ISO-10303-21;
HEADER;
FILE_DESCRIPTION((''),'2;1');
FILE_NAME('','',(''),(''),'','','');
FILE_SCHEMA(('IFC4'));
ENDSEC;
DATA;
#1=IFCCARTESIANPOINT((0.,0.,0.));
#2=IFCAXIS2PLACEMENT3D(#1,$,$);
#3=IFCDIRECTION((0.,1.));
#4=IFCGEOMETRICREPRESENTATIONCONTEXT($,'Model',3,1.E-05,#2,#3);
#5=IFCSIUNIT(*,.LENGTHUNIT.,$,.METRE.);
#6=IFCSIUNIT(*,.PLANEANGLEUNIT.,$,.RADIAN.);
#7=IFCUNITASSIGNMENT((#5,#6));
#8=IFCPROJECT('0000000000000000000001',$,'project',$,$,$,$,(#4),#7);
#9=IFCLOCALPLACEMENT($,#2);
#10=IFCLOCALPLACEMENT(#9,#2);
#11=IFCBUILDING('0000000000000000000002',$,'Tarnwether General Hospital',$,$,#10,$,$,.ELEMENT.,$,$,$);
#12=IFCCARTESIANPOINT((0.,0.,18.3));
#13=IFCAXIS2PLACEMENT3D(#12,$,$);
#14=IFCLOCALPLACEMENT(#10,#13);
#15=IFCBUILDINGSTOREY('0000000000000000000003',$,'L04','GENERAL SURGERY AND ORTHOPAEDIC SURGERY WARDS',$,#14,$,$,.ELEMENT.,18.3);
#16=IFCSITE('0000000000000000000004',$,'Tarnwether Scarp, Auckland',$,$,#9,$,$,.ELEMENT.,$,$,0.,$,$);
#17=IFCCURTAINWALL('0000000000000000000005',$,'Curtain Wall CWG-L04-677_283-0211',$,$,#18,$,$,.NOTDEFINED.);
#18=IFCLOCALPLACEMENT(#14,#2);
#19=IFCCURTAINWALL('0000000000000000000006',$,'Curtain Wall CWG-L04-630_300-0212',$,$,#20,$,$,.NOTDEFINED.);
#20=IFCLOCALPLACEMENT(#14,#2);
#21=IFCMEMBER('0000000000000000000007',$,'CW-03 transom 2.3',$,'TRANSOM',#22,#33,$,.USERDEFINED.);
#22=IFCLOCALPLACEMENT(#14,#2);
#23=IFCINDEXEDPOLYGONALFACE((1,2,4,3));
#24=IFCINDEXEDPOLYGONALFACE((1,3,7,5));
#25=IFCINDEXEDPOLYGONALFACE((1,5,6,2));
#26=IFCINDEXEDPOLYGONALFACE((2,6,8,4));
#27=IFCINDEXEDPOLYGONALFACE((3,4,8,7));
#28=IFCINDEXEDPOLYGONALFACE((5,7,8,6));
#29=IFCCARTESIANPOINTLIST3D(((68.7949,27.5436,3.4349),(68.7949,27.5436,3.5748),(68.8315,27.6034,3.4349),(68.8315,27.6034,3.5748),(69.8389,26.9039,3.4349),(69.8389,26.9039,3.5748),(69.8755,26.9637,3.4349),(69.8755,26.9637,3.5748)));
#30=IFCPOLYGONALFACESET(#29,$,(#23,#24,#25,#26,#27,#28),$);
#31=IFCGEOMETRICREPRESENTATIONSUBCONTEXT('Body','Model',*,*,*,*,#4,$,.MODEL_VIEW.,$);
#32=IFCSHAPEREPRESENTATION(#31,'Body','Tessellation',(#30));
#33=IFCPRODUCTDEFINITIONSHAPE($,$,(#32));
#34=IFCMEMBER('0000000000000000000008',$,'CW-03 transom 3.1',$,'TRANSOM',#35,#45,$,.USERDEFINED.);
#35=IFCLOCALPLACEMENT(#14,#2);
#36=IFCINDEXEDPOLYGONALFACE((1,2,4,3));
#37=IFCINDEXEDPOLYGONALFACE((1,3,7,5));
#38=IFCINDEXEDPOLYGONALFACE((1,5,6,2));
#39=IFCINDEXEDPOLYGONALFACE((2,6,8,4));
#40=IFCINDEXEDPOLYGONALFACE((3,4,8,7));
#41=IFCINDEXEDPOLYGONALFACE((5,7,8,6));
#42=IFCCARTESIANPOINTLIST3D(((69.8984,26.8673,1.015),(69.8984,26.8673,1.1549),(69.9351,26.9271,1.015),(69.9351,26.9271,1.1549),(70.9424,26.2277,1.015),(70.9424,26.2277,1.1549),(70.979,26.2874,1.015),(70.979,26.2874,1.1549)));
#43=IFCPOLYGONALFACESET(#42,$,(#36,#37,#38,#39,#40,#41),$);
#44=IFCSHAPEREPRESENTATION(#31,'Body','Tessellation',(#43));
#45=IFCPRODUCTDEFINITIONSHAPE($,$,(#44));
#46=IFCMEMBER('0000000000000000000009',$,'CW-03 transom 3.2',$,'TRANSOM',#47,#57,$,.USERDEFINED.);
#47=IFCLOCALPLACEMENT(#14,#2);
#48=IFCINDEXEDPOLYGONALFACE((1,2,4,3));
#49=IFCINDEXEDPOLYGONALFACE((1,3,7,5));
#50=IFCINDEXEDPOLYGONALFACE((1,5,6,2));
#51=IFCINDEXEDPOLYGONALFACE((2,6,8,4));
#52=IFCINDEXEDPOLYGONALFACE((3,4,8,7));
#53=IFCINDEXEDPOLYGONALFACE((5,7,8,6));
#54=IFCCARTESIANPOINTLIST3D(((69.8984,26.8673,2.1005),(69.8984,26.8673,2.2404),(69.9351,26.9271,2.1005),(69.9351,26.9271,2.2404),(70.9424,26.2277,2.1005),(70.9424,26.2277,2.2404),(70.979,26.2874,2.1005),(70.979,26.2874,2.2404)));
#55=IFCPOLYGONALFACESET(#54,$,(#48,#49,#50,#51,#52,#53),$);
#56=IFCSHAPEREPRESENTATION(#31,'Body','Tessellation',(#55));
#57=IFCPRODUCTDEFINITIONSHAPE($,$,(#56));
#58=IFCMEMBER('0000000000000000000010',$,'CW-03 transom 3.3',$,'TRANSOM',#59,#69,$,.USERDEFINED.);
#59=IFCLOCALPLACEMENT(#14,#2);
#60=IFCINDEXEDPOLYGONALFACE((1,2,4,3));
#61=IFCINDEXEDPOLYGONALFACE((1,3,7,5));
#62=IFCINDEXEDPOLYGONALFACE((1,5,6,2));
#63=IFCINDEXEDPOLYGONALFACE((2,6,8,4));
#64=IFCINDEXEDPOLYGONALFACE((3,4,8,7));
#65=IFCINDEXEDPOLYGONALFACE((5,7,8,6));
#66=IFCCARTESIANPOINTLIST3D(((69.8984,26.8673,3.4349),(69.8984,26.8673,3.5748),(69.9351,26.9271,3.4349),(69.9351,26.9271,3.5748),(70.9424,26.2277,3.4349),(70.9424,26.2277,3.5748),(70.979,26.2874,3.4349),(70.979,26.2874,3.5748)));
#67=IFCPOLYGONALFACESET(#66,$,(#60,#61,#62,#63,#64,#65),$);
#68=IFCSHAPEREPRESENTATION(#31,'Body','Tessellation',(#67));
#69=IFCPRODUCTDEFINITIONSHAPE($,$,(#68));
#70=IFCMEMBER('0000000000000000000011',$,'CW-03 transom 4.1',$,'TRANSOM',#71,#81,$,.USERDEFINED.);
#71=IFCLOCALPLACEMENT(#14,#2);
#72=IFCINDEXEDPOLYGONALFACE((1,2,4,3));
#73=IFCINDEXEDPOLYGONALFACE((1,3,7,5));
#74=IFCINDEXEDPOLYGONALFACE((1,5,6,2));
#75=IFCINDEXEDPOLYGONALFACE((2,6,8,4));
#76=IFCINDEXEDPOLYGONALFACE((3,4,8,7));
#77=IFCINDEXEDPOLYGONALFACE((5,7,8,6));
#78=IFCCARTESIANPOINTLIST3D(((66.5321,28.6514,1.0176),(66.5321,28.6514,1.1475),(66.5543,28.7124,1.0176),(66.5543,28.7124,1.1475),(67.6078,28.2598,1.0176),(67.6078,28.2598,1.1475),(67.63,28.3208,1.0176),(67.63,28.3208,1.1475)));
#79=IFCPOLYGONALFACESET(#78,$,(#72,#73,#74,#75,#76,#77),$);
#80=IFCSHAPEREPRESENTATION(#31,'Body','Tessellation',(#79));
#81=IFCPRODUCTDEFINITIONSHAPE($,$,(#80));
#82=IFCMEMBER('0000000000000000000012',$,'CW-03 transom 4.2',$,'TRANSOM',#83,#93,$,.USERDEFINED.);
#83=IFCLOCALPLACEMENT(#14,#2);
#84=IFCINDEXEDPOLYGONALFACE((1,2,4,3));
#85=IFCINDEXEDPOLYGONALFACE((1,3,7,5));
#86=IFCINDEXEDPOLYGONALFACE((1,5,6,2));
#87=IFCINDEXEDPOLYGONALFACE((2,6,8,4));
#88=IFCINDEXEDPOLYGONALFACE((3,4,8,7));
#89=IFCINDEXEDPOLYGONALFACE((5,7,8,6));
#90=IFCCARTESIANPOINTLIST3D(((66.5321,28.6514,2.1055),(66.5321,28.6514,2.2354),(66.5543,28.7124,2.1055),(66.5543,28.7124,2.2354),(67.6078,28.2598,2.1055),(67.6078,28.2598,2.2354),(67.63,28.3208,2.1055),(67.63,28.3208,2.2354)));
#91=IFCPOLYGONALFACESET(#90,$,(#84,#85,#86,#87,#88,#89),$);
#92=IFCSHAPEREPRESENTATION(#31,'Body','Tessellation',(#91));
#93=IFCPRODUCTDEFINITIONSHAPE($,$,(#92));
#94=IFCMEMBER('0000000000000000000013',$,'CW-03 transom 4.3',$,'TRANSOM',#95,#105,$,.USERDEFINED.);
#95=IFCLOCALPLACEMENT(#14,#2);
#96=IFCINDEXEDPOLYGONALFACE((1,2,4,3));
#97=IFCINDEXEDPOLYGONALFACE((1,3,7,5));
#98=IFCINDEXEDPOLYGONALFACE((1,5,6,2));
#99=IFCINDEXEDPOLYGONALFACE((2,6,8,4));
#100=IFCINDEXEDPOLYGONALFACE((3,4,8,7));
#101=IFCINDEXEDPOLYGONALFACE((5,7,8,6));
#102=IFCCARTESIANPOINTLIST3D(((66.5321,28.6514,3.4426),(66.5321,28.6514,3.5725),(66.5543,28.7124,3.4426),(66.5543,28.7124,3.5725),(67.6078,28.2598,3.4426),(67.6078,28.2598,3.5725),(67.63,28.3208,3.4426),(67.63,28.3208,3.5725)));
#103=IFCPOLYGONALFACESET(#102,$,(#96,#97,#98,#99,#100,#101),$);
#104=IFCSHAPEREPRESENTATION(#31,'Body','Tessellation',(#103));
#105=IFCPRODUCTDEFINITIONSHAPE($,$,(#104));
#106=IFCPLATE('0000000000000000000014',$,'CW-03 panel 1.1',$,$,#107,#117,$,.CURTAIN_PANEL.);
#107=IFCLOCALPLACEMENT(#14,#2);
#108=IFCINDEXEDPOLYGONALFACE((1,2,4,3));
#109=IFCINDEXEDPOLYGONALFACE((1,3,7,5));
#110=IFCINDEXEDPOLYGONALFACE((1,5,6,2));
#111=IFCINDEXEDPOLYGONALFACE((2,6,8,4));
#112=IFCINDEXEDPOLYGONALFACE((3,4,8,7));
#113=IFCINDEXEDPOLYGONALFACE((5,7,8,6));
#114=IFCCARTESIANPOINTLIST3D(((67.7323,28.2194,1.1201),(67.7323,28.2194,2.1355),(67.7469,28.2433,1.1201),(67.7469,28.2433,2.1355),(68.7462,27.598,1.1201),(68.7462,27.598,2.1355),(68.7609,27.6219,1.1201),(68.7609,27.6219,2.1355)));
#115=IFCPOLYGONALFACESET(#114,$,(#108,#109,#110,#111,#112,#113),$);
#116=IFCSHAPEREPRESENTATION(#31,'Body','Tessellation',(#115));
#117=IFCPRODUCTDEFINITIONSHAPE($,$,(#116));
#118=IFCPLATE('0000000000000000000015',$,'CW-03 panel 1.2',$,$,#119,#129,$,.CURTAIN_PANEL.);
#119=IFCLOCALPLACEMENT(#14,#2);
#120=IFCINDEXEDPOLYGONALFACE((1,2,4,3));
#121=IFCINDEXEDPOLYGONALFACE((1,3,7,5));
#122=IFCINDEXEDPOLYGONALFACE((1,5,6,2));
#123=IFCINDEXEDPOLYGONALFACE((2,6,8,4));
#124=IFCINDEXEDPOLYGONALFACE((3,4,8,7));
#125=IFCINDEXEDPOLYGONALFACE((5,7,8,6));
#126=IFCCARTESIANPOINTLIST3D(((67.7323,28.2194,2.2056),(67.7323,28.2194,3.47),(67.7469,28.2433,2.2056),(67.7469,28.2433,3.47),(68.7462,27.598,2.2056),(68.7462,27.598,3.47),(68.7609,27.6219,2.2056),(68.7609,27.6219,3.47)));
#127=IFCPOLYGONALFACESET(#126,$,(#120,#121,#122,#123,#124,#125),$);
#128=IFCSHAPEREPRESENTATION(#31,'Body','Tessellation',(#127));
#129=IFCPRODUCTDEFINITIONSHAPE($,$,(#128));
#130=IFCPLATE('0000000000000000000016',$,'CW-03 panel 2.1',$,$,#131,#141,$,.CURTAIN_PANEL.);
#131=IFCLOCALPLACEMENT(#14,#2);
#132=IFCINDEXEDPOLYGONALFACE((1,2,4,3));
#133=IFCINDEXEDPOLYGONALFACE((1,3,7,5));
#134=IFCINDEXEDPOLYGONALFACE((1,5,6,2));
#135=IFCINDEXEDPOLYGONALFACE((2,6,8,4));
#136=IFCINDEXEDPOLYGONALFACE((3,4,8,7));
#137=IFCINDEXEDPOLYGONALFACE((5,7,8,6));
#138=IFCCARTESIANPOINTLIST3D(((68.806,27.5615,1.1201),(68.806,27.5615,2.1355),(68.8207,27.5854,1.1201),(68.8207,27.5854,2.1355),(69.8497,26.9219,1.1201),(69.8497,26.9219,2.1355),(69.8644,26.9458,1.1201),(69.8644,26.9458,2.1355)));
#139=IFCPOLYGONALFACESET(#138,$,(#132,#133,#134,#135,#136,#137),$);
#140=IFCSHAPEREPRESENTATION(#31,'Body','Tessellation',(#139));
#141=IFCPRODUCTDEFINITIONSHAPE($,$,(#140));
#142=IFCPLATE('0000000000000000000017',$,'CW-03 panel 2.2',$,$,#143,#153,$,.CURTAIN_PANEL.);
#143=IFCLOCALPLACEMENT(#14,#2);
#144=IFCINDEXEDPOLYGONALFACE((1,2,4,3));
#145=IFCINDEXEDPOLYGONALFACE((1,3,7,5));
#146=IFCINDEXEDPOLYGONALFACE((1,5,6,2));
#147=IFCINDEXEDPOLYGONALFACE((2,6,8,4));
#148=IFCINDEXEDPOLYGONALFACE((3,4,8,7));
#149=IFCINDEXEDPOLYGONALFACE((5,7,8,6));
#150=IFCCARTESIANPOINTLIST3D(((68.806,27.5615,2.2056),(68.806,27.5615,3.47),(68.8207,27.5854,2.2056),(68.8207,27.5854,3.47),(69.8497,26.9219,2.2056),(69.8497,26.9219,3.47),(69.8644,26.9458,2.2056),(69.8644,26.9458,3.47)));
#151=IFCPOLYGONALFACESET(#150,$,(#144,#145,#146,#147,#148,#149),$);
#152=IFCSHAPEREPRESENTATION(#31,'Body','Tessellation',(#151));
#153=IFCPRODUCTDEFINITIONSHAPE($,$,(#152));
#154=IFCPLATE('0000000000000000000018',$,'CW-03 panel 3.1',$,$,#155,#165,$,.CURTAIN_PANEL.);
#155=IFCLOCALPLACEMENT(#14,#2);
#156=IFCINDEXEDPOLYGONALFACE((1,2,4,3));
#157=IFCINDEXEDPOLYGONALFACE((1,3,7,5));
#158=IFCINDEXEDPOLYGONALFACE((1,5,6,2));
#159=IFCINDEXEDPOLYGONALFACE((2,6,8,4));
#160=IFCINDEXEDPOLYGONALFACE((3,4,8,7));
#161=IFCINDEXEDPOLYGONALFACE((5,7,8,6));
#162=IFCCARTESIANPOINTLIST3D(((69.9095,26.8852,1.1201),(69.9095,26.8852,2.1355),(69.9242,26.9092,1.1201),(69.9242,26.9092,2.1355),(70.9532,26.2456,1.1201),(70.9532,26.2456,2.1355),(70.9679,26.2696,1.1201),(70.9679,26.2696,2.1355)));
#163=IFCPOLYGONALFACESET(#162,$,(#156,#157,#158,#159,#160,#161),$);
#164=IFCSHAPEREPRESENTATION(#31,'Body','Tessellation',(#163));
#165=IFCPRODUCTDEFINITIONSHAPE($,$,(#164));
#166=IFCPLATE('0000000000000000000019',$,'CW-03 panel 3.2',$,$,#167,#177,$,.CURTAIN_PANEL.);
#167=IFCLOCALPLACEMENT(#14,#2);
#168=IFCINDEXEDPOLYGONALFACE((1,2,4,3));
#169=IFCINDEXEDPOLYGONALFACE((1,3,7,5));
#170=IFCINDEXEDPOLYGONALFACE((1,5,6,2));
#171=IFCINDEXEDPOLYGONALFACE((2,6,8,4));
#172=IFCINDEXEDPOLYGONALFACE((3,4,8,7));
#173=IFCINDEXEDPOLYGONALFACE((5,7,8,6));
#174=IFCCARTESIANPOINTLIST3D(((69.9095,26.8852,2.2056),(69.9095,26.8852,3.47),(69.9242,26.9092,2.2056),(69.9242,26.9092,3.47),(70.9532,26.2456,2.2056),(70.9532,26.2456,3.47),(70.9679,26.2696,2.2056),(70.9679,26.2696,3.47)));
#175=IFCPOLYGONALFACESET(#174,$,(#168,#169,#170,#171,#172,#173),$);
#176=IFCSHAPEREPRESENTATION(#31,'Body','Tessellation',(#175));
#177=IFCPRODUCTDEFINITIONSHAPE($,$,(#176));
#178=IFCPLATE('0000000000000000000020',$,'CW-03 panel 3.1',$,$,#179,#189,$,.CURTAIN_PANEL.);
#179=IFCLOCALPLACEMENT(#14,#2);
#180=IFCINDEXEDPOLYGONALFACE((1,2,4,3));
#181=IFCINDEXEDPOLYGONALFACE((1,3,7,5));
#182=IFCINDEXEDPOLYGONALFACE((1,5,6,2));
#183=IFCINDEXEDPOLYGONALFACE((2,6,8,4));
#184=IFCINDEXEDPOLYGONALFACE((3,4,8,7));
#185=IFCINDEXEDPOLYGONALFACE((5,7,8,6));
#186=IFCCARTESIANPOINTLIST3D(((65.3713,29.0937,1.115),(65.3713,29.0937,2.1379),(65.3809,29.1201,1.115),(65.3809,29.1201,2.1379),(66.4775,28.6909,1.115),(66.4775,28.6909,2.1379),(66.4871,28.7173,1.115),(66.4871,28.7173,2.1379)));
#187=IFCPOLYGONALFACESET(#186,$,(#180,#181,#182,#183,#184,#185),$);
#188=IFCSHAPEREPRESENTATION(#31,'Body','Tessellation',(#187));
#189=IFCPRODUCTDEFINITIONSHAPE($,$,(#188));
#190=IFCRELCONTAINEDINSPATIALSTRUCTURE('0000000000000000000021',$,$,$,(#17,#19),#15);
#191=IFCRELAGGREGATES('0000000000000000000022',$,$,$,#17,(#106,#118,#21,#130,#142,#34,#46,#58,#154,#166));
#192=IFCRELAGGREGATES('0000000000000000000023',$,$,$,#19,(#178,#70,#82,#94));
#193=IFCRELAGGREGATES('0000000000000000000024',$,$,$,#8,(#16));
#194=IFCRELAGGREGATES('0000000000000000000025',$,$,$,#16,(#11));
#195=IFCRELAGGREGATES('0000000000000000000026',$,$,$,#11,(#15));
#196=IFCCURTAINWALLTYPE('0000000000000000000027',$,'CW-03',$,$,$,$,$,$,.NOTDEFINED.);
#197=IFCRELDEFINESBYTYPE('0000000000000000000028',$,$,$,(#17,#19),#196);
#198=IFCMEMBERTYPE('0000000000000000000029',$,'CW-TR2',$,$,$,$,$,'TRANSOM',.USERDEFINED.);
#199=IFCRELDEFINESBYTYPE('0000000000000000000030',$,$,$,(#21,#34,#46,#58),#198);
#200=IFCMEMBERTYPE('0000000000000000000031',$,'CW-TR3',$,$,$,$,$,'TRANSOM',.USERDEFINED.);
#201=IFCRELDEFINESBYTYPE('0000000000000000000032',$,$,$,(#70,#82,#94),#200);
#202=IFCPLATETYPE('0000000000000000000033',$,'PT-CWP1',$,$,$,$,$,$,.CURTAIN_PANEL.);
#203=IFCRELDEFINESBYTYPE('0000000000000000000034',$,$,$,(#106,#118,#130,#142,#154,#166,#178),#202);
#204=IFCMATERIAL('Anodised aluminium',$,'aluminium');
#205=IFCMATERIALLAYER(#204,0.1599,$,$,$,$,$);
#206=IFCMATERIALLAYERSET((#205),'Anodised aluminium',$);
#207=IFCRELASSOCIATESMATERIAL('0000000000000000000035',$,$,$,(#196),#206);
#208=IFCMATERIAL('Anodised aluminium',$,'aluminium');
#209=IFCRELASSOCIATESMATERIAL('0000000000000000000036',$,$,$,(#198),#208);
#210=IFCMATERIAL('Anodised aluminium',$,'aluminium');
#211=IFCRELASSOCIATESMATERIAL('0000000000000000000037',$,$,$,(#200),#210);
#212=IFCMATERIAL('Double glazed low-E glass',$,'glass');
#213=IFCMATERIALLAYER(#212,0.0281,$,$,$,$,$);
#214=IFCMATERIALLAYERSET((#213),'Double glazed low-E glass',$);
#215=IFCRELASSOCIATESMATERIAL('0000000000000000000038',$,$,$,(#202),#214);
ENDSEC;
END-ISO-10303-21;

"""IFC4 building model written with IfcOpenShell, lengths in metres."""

from ifc_helpers import new_model, si_unit, direction, frame, origin, origin_2d, place, context, subcontext, project, spatial, rectangle, extrude, material, layer, layer_set, material_profile, profile_set, type_object, element, aggregate, save


model = new_model("IFC4")

# Units and contexts
model_context = context("Model", 3, precision=1e-05, world=origin(), true_north=direction((0.0, 1.0)))
body_context = subcontext(model_context, "Body", "Model", "MODEL_VIEW")
ifc_project = project(units=[si_unit("LENGTHUNIT", "METRE"), si_unit("PLANEANGLEUNIT", "RADIAN")], contexts=[model_context])

# Site, building, storey
site_placement = place(None, origin())
site = spatial("IfcSite", under=ifc_project, at=site_placement, Name="Tarnwether Scarp, Auckland", CompositionType="ELEMENT", RefElevation=0.0)
building_placement = place(site_placement, origin())
building = spatial("IfcBuilding", under=site, at=building_placement, Name="Tarnwether General Hospital", CompositionType="ELEMENT")
storey_placement = place(building_placement, frame((0.0, 0.0, 18.3)))
storey = spatial("IfcBuildingStorey", under=building, at=storey_placement, Name="L04", Description="GENERAL SURGERY AND ORTHOPAEDIC SURGERY WARDS", CompositionType="ELEMENT", Elevation=18.3)

# Curtain walls
ifc_material_1 = material(Name="Anodised aluminium", Category="aluminium")
ifc_layer_1 = layer(ifc_material_1, 0.1599)
ifc_layer_set_1 = layer_set([ifc_layer_1], Name="Anodised aluminium")
curtain_wall_type = type_object("IfcCurtainWallType", Name="CW-03", PredefinedType="NOTDEFINED", material=ifc_layer_set_1)
curtain_wall_1_placement = place(storey_placement, origin())
curtain_wall_1 = element("IfcCurtainWall", 1, at=curtain_wall_1_placement, inside=storey, type_object=curtain_wall_type, Name="Curtain Wall CWG-L04-677_283-0211", PredefinedType="NOTDEFINED")
curtain_wall_2_placement = place(storey_placement, origin())
curtain_wall_2 = element("IfcCurtainWall", 2, at=curtain_wall_2_placement, inside=storey, type_object=curtain_wall_type, Name="Curtain Wall CWG-L04-630_300-0212", PredefinedType="NOTDEFINED")

# Members
ifc_material_2 = material(Name="Anodised aluminium", Category="aluminium")
ifc_material_profile_1 = material_profile(ifc_material_2, rectangle(XDim=0.0701, YDim=0.1399, at=origin_2d()), Name="ALU-TRN-70x140")
ifc_profile_set_1 = profile_set([ifc_material_profile_1], Name="Anodised aluminium")
member_type_1 = type_object("IfcMemberType", Name="CW-TR2", ElementType="TRANSOM", PredefinedType="USERDEFINED", material=ifc_profile_set_1)
member_1_placement = place(storey_placement, frame((68.8132, 27.5735, 3.5049), z_axis=(0.85267, -0.52245, 0.0), x_axis=(0.52245, 0.85267, 0.0)))
member_1 = element("IfcMember", 3, at=member_1_placement, type_object=member_type_1, Name="CW-03 transom 2.3", ObjectType="TRANSOM", PredefinedType="USERDEFINED", context=body_context, shape_type="SweptSolid", body=[
    extrude(rectangle(XDim=0.0701, YDim=0.1399, at=origin_2d()), origin(), (0.0, 0.0, 1.0), 1.2244),
])
member_2_placement = place(storey_placement, frame((69.9167, 26.8972, 1.085), z_axis=(0.85267, -0.52245, 0.0), x_axis=(0.52245, 0.85267, 0.0)))
member_2 = element("IfcMember", 4, at=member_2_placement, type_object=member_type_1, Name="CW-03 transom 3.1", ObjectType="TRANSOM", PredefinedType="USERDEFINED", context=body_context, shape_type="SweptSolid", body=[
    extrude(rectangle(XDim=0.0701, YDim=0.1399, at=origin_2d()), origin(), (0.0, 0.0, 1.0), 1.2244),
])
member_3_placement = place(storey_placement, frame((69.9167, 26.8972, 2.1704), z_axis=(0.85267, -0.52245, 0.0), x_axis=(0.52245, 0.85267, 0.0)))
member_3 = element("IfcMember", 5, at=member_3_placement, type_object=member_type_1, Name="CW-03 transom 3.2", ObjectType="TRANSOM", PredefinedType="USERDEFINED", context=body_context, shape_type="SweptSolid", body=[
    extrude(rectangle(XDim=0.0701, YDim=0.1399, at=origin_2d()), origin(), (0.0, 0.0, 1.0), 1.2244),
])
member_4_placement = place(storey_placement, frame((69.9167, 26.8972, 3.5049), z_axis=(0.85267, -0.52245, 0.0), x_axis=(0.52245, 0.85267, 0.0)))
member_4 = element("IfcMember", 6, at=member_4_placement, type_object=member_type_1, Name="CW-03 transom 3.3", ObjectType="TRANSOM", PredefinedType="USERDEFINED", context=body_context, shape_type="SweptSolid", body=[
    extrude(rectangle(XDim=0.0701, YDim=0.1399, at=origin_2d()), origin(), (0.0, 0.0, 1.0), 1.2244),
])
ifc_material_3 = material(Name="Anodised aluminium", Category="aluminium")
ifc_material_profile_2 = material_profile(ifc_material_3, rectangle(XDim=0.0649, YDim=0.1299, at=origin_2d()), Name="ALU-TRN-65x130")
ifc_profile_set_2 = profile_set([ifc_material_profile_2], Name="Anodised aluminium")
member_type_2 = type_object("IfcMemberType", Name="CW-TR3", ElementType="TRANSOM", PredefinedType="USERDEFINED", material=ifc_profile_set_2)
member_5_placement = place(storey_placement, frame((66.5432, 28.6819, 1.0825), z_axis=(0.939669, -0.342086, 0.0), x_axis=(0.342086, 0.939669, 0.0)))
member_5 = element("IfcMember", 7, at=member_5_placement, type_object=member_type_2, Name="CW-03 transom 4.1", ObjectType="TRANSOM", PredefinedType="USERDEFINED", context=body_context, shape_type="SweptSolid", body=[
    extrude(rectangle(XDim=0.0649, YDim=0.1299, at=origin_2d()), origin(), (0.0, 0.0, 1.0), 1.1448),
])
member_6_placement = place(storey_placement, frame((66.5432, 28.6819, 2.1704), z_axis=(0.939669, -0.342086, 0.0), x_axis=(0.342086, 0.939669, 0.0)))
member_6 = element("IfcMember", 8, at=member_6_placement, type_object=member_type_2, Name="CW-03 transom 4.2", ObjectType="TRANSOM", PredefinedType="USERDEFINED", context=body_context, shape_type="SweptSolid", body=[
    extrude(rectangle(XDim=0.0649, YDim=0.1299, at=origin_2d()), origin(), (0.0, 0.0, 1.0), 1.1448),
])
member_7_placement = place(storey_placement, frame((66.5432, 28.6819, 3.5076), z_axis=(0.939669, -0.342086, 0.0), x_axis=(0.342086, 0.939669, 0.0)))
member_7 = element("IfcMember", 9, at=member_7_placement, type_object=member_type_2, Name="CW-03 transom 4.3", ObjectType="TRANSOM", PredefinedType="USERDEFINED", context=body_context, shape_type="SweptSolid", body=[
    extrude(rectangle(XDim=0.0649, YDim=0.1299, at=origin_2d()), origin(), (0.0, 0.0, 1.0), 1.1448),
])

# Plates
ifc_material_4 = material(Name="Double glazed low-E glass", Category="glass")
ifc_layer_2 = layer(ifc_material_4, 0.0281)
ifc_layer_set_2 = layer_set([ifc_layer_2], Name="Double glazed low-E glass")
plate_type = type_object("IfcPlateType", Name="PT-CWP1", PredefinedType="CURTAIN_PANEL", material=ifc_layer_set_2)
plate_1_placement = place(storey_placement, frame((68.2466, 27.9207, 1.1201), z_axis=(0.0, 0.0, 1.0), x_axis=(0.852632, -0.522512, 0.0)))
plate_1 = element("IfcPlate", 10, at=plate_1_placement, type_object=plate_type, Name="CW-03 panel 1.1", PredefinedType="CURTAIN_PANEL", context=body_context, shape_type="SweptSolid", body=[
    extrude(rectangle(XDim=1.1892, YDim=0.0281, at=origin_2d()), origin(), (0.0, 0.0, 1.0), 1.0154),
])
plate_2_placement = place(storey_placement, frame((68.2466, 27.9207, 2.2056), z_axis=(0.0, 0.0, 1.0), x_axis=(0.852632, -0.522512, 0.0)))
plate_2 = element("IfcPlate", 11, at=plate_2_placement, type_object=plate_type, Name="CW-03 panel 1.2", PredefinedType="CURTAIN_PANEL", context=body_context, shape_type="SweptSolid", body=[
    extrude(rectangle(XDim=1.1892, YDim=0.0281, at=origin_2d()), origin(), (0.0, 0.0, 1.0), 1.2644),
])
plate_3_placement = place(storey_placement, frame((69.3352, 27.2537, 1.1201), z_axis=(0.0, 0.0, 1.0), x_axis=(0.852632, -0.522512, 0.0)))
plate_3 = element("IfcPlate", 12, at=plate_3_placement, type_object=plate_type, Name="CW-03 panel 2.1", PredefinedType="CURTAIN_PANEL", context=body_context, shape_type="SweptSolid", body=[
    extrude(rectangle(XDim=1.2241, YDim=0.0281, at=origin_2d()), origin(), (0.0, 0.0, 1.0), 1.0154),
])
plate_4_placement = place(storey_placement, frame((69.3352, 27.2537, 2.2056), z_axis=(0.0, 0.0, 1.0), x_axis=(0.852632, -0.522512, 0.0)))
plate_4 = element("IfcPlate", 13, at=plate_4_placement, type_object=plate_type, Name="CW-03 panel 2.2", PredefinedType="CURTAIN_PANEL", context=body_context, shape_type="SweptSolid", body=[
    extrude(rectangle(XDim=1.2241, YDim=0.0281, at=origin_2d()), origin(), (0.0, 0.0, 1.0), 1.2644),
])
plate_5_placement = place(storey_placement, frame((70.4387, 26.5774, 1.1201), z_axis=(0.0, 0.0, 1.0), x_axis=(0.852632, -0.522512, 0.0)))
plate_5 = element("IfcPlate", 14, at=plate_5_placement, type_object=plate_type, Name="CW-03 panel 3.1", PredefinedType="CURTAIN_PANEL", context=body_context, shape_type="SweptSolid", body=[
    extrude(rectangle(XDim=1.2241, YDim=0.0281, at=origin_2d()), origin(), (0.0, 0.0, 1.0), 1.0154),
])
plate_6_placement = place(storey_placement, frame((70.4387, 26.5774, 2.2056), z_axis=(0.0, 0.0, 1.0), x_axis=(0.852632, -0.522512, 0.0)))
plate_6 = element("IfcPlate", 15, at=plate_6_placement, type_object=plate_type, Name="CW-03 panel 3.2", PredefinedType="CURTAIN_PANEL", context=body_context, shape_type="SweptSolid", body=[
    extrude(rectangle(XDim=1.2241, YDim=0.0281, at=origin_2d()), origin(), (0.0, 0.0, 1.0), 1.2644),
])
aggregate(curtain_wall_1, [plate_1, plate_2, member_1, plate_3, plate_4, member_2, member_3, member_4, plate_5, plate_6])
plate_7_placement = place(storey_placement, frame((65.9292, 28.9055, 1.115), z_axis=(0.0, 0.0, 1.0), x_axis=(0.939652, -0.342131, 0.0)))
plate_7 = element("IfcPlate", 16, at=plate_7_placement, type_object=plate_type, Name="CW-03 panel 3.1", PredefinedType="CURTAIN_PANEL", context=body_context, shape_type="SweptSolid", body=[
    extrude(rectangle(XDim=1.1772, YDim=0.0281, at=origin_2d()), origin(), (0.0, 0.0, 1.0), 1.0229),
])
aggregate(curtain_wall_2, [plate_7, member_5, member_6, member_7])

save(model, "model.ifc")
